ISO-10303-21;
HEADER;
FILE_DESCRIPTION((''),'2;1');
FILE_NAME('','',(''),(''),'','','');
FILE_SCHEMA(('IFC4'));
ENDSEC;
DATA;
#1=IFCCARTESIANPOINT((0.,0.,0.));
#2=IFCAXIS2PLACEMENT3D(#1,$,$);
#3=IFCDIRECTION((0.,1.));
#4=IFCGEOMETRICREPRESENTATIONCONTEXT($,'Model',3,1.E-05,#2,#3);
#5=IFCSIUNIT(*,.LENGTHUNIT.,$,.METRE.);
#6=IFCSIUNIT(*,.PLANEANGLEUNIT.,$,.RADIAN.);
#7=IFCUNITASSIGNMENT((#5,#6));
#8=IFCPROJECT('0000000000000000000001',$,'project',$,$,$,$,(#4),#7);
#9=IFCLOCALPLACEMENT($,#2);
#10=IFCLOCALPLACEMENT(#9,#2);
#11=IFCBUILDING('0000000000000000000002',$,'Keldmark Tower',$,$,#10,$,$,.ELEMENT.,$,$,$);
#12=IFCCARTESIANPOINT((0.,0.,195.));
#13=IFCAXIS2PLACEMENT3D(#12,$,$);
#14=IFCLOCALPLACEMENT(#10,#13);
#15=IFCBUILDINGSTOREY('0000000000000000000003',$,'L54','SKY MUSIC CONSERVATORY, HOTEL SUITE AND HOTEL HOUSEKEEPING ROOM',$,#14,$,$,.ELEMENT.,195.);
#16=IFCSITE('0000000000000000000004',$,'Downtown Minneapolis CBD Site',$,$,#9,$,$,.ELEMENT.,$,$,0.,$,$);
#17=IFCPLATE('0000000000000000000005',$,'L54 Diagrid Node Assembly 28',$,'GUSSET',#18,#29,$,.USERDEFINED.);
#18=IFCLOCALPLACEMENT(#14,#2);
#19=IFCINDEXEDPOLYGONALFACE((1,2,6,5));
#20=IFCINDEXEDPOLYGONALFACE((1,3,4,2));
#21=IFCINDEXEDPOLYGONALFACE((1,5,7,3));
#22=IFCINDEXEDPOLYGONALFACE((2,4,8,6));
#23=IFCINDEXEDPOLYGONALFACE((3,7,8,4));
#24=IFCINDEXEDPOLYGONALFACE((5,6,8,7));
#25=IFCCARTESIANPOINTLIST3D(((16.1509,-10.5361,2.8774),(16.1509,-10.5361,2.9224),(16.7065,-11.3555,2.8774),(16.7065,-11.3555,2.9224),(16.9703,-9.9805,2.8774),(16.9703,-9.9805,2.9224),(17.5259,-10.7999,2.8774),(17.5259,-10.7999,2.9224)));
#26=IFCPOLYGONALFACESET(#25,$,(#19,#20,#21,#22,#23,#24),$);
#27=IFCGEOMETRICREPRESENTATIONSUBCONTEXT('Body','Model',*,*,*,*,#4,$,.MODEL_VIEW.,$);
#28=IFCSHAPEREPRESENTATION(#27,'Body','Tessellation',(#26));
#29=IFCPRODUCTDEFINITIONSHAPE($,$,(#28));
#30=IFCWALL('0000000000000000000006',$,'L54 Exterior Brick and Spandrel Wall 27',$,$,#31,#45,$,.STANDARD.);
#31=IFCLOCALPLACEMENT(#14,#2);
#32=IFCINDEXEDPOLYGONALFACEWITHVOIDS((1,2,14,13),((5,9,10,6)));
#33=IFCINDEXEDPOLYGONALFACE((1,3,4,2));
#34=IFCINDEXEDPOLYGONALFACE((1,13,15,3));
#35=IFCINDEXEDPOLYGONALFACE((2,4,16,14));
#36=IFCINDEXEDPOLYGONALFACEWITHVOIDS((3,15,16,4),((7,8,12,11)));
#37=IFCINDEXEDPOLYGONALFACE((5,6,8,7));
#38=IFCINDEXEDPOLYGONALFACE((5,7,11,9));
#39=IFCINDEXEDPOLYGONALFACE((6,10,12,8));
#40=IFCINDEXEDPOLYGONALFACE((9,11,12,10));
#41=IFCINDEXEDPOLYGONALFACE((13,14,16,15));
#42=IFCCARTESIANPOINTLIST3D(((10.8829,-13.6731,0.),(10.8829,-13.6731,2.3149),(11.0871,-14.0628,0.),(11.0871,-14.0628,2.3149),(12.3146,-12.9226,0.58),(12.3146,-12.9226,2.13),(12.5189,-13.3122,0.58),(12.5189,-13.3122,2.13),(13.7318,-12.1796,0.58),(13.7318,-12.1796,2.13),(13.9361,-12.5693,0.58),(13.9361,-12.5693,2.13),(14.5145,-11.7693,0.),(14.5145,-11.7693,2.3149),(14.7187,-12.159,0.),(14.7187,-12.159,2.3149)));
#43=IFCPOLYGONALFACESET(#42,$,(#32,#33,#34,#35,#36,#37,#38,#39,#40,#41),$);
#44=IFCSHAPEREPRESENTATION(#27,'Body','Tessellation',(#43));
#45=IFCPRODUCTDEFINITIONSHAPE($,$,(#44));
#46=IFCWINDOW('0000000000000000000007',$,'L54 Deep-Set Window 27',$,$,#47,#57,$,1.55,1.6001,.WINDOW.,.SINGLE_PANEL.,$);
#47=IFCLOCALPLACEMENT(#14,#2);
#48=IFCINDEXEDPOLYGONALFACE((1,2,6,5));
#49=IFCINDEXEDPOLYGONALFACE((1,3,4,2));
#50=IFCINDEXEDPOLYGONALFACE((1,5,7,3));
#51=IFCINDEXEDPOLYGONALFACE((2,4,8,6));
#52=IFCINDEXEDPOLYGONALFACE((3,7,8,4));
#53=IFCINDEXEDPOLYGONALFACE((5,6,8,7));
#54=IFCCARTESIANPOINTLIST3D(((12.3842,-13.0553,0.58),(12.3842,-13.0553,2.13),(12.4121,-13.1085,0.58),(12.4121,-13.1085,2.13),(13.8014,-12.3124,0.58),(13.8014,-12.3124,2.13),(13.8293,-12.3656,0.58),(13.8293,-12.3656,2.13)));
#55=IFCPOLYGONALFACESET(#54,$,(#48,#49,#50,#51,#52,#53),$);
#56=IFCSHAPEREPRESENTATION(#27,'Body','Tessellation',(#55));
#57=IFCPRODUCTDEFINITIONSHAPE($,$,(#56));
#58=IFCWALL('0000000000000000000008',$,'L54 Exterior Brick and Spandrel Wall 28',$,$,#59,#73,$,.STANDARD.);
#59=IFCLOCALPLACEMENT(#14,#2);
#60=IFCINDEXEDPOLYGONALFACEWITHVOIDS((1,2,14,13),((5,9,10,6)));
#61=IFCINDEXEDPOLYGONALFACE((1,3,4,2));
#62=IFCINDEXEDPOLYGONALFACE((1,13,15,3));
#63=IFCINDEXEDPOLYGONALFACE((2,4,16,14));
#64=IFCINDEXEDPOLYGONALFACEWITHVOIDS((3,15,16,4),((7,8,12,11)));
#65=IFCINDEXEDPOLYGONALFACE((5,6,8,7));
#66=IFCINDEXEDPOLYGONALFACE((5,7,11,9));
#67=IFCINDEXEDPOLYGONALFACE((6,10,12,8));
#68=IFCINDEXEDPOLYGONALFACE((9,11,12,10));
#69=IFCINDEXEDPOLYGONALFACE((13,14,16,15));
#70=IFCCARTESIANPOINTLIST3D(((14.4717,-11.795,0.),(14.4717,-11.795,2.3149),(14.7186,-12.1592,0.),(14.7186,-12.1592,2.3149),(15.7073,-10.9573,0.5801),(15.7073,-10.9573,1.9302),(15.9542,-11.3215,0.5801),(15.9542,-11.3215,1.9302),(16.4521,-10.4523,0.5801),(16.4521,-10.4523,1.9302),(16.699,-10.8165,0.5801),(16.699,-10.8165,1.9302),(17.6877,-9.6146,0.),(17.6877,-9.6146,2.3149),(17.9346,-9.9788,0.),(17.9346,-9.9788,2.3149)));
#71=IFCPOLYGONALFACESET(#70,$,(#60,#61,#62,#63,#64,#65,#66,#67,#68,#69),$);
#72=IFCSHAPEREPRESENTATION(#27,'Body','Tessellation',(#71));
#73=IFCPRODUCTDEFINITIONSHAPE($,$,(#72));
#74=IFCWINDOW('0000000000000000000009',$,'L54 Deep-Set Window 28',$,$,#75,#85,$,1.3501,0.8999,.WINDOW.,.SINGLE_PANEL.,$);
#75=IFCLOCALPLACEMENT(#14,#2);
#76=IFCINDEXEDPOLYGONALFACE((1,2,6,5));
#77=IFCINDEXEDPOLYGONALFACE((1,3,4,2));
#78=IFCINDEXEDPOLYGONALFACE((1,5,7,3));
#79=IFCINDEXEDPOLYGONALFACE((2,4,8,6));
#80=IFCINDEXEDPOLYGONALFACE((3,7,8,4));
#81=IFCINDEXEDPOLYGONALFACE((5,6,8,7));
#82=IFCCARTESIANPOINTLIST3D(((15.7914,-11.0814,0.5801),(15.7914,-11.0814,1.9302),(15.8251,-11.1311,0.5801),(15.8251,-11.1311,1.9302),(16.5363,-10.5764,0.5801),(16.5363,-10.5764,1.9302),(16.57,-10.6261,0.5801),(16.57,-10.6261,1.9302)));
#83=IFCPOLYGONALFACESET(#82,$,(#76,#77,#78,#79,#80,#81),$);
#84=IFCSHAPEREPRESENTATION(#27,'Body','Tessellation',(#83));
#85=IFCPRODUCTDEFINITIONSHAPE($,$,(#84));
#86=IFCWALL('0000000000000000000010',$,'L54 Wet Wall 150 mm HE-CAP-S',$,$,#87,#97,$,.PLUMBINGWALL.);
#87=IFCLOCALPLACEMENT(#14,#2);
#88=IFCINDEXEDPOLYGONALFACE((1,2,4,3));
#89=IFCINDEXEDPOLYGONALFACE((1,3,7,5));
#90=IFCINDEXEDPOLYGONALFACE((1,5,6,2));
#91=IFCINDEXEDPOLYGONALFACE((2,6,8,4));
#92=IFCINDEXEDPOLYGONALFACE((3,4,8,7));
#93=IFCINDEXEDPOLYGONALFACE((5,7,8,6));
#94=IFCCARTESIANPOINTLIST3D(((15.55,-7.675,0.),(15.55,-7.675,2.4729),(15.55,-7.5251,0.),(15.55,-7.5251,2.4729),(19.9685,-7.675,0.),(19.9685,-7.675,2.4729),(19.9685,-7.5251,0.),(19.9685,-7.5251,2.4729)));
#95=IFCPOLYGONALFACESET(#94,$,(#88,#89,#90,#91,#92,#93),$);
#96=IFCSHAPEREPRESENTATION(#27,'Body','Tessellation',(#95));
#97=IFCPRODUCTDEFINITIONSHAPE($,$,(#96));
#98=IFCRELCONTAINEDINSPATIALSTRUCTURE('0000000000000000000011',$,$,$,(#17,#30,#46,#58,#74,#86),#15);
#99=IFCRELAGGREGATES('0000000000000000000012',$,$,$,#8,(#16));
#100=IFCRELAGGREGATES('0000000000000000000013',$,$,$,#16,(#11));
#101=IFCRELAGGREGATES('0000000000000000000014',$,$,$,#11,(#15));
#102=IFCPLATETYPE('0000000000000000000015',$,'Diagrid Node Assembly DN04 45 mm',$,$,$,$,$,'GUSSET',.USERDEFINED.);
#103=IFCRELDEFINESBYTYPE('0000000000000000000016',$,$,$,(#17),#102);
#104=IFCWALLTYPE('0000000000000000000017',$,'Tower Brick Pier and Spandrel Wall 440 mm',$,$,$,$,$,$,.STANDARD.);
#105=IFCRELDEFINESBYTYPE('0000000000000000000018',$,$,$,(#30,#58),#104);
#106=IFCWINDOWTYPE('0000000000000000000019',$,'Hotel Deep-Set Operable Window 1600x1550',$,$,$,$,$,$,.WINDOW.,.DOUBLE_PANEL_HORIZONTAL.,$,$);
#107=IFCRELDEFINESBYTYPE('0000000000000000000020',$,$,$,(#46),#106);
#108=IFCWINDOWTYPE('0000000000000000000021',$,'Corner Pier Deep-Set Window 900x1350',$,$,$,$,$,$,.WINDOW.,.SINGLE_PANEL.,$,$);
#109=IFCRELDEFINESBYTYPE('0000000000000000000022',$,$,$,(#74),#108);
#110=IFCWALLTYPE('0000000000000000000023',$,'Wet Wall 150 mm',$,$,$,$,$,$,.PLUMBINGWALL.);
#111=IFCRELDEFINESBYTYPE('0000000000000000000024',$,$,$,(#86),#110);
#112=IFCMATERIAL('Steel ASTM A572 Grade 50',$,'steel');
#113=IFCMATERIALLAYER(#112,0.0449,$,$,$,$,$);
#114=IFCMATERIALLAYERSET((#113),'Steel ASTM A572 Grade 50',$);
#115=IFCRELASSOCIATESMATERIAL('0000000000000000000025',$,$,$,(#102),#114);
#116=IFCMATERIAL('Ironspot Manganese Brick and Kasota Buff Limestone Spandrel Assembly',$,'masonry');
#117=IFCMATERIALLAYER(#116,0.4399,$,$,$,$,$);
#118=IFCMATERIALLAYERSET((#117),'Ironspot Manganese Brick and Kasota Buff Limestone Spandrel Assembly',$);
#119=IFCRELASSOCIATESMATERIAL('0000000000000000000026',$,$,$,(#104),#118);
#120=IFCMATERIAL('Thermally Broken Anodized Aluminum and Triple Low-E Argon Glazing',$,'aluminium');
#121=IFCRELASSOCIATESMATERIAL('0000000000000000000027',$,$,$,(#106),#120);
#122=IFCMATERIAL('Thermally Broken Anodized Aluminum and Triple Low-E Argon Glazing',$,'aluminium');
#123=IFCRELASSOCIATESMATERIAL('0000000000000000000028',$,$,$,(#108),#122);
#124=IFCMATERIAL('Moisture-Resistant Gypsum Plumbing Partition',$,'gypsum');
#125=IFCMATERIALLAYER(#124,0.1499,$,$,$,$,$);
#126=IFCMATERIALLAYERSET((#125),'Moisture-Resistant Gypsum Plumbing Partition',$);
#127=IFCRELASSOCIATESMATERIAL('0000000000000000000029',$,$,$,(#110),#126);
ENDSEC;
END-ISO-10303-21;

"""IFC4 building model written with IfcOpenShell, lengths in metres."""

from ifc_helpers import new_model, si_unit, direction, frame, frame_2d, origin, origin_2d, place, context, subcontext, project, spatial, rectangle, extrude, material, layer, layer_set, type_object, element, fill, save


model = new_model("IFC4")

# Units and contexts
model_context = context("Model", 3, precision=1e-05, world=origin(), true_north=direction((0.0, 1.0)))
body_context = subcontext(model_context, "Body", "Model", "MODEL_VIEW")
ifc_project = project(units=[si_unit("LENGTHUNIT", "METRE"), si_unit("PLANEANGLEUNIT", "RADIAN")], contexts=[model_context])

# Site, building, storey
site_placement = place(None, origin())
site = spatial("IfcSite", under=ifc_project, at=site_placement, Name="Downtown Minneapolis CBD Site", CompositionType="ELEMENT", RefElevation=0.0)
building_placement = place(site_placement, origin())
building = spatial("IfcBuilding", under=site, at=building_placement, Name="Keldmark Tower", CompositionType="ELEMENT")
storey_placement = place(building_placement, frame((0.0, 0.0, 195.0)))
storey = spatial("IfcBuildingStorey", under=building, at=storey_placement, Name="L54", Description="SKY MUSIC CONSERVATORY, HOTEL SUITE AND HOTEL HOUSEKEEPING ROOM", CompositionType="ELEMENT", Elevation=195.0)

# Plate
ifc_material_1 = material(Name="Steel ASTM A572 Grade 50", Category="steel")
ifc_layer_1 = layer(ifc_material_1, 0.0449)
ifc_layer_set_1 = layer_set([ifc_layer_1], Name="Steel ASTM A572 Grade 50")
plate_type = type_object("IfcPlateType", Name="Diagrid Node Assembly DN04 45 mm", ElementType="GUSSET", PredefinedType="USERDEFINED", material=ifc_layer_set_1)
plate_placement = place(storey_placement, frame((16.8384, -10.668, 2.8774), z_axis=(0.0, 0.0, 1.0), x_axis=(0.827669, 0.561217, 0.0)))
element("IfcPlate", 1, at=plate_placement, inside=storey, type_object=plate_type, Name="L54 Diagrid Node Assembly 28", ObjectType="GUSSET", PredefinedType="USERDEFINED", context=body_context, shape_type="SweptSolid", body=[
    extrude(rectangle(XDim=0.99, YDim=0.99, at=origin_2d()), origin(), (0.0, 0.0, 1.0), 0.0449),
])

# Walls, openings, windows
ifc_material_2 = material(Name="Ironspot Manganese Brick and Kasota Buff Limestone Spandrel Assembly", Category="masonry")
ifc_layer_2 = layer(ifc_material_2, 0.4399)
ifc_layer_set_2 = layer_set([ifc_layer_2], Name="Ironspot Manganese Brick and Kasota Buff Limestone Spandrel Assembly")
wall_type_1 = type_object("IfcWallType", Name="Tower Brick Pier and Spandrel Wall 440 mm", PredefinedType="STANDARD", material=ifc_layer_set_2)
wall_1_placement = place(storey_placement, frame((14.6167, -11.9641, 0.0), z_axis=(0.0, 0.0, 1.0), x_axis=(-0.885676, -0.464303, 0.0)))
wall_1 = element("IfcWall", 2, at=wall_1_placement, inside=storey, type_object=wall_type_1, Name="L54 Exterior Brick and Spandrel Wall 27", PredefinedType="STANDARD", context=body_context, shape_type="SweptSolid", body=[
    extrude(rectangle(XDim=4.1003, YDim=0.4399, at=frame_2d((2.0503, 0.0))), origin(), (0.0, 0.0, 1.0), 2.3149),
])
opening_1_placement = place(wall_1_placement, frame((0.8838, 0.0, 0.5801)))
opening_1 = element("IfcOpeningElement", 3, at=opening_1_placement, cuts=wall_1, PredefinedType="OPENING", context=body_context, shape_type="SweptSolid", body=[
    extrude(rectangle(XDim=1.6001, YDim=1.55, at=frame_2d((0.8, 0.7749))), frame((0.0, 0.23, 0.0), z_axis=(0.0, -1.0, 0.0), x_axis=(1.0, 0.0, 0.0)), (0.0, 0.0, 1.0), 0.46),
])
ifc_material_3 = material(Name="Thermally Broken Anodized Aluminum and Triple Low-E Argon Glazing", Category="aluminium")
window_type_1 = type_object("IfcWindowType", Name="Hotel Deep-Set Operable Window 1600x1550", PartitioningType="DOUBLE_PANEL_HORIZONTAL", PredefinedType="WINDOW", material=ifc_material_3)
window_1_placement = place(opening_1_placement, origin())
window_1 = element("IfcWindow", 4, at=window_1_placement, inside=storey, type_object=window_type_1, Name="L54 Deep-Set Window 27", OverallHeight=1.55, OverallWidth=1.6001, PartitioningType="SINGLE_PANEL", PredefinedType="WINDOW", context=body_context, shape_type="SweptSolid", body=[
    extrude(rectangle(XDim=1.6001, YDim=1.55, at=frame_2d((0.8, 0.7749))), frame((0.0, -0.01, 0.0), z_axis=(0.0, -1.0, 0.0), x_axis=(1.0, 0.0, 0.0)), (0.0, 0.0, 1.0), 0.0601),
])
fill(opening_1, window_1)
wall_2_placement = place(storey_placement, frame((17.8113, -9.7966, 0.0), z_axis=(0.0, 0.0, 1.0), x_axis=(-0.827704, -0.561165, 0.0)))
wall_2 = element("IfcWall", 5, at=wall_2_placement, inside=storey, type_object=wall_type_1, Name="L54 Exterior Brick and Spandrel Wall 28", PredefinedType="STANDARD", context=body_context, shape_type="SweptSolid", body=[
    extrude(rectangle(XDim=3.8855, YDim=0.4399, at=frame_2d((1.9429, 0.0))), origin(), (0.0, 0.0, 1.0), 2.3149),
])
opening_2_placement = place(wall_2_placement, frame((1.4929, 0.0, 0.5801)))
opening_2 = element("IfcOpeningElement", 6, at=opening_2_placement, cuts=wall_2, PredefinedType="OPENING", context=body_context, shape_type="SweptSolid", body=[
    extrude(rectangle(XDim=0.8999, YDim=1.3501, at=frame_2d((0.45, 0.675))), frame((0.0, 0.23, 0.0), z_axis=(0.0, -1.0, 0.0), x_axis=(1.0, 0.0, 0.0)), (0.0, 0.0, 1.0), 0.46),
])
ifc_material_4 = material(Name="Thermally Broken Anodized Aluminum and Triple Low-E Argon Glazing", Category="aluminium")
window_type_2 = type_object("IfcWindowType", Name="Corner Pier Deep-Set Window 900x1350", PartitioningType="SINGLE_PANEL", PredefinedType="WINDOW", material=ifc_material_4)
window_2_placement = place(opening_2_placement, origin())
window_2 = element("IfcWindow", 7, at=window_2_placement, inside=storey, type_object=window_type_2, Name="L54 Deep-Set Window 28", OverallHeight=1.3501, OverallWidth=0.8999, PartitioningType="SINGLE_PANEL", PredefinedType="WINDOW", context=body_context, shape_type="SweptSolid", body=[
    extrude(rectangle(XDim=0.8999, YDim=1.3501, at=frame_2d((0.45, 0.675))), frame((0.0, -0.01, 0.0), z_axis=(0.0, -1.0, 0.0), x_axis=(1.0, 0.0, 0.0)), (0.0, 0.0, 1.0), 0.0601),
])
fill(opening_2, window_2)

# Wall
ifc_material_5 = material(Name="Moisture-Resistant Gypsum Plumbing Partition", Category="gypsum")
ifc_layer_3 = layer(ifc_material_5, 0.1499)
ifc_layer_set_3 = layer_set([ifc_layer_3], Name="Moisture-Resistant Gypsum Plumbing Partition")
wall_type_2 = type_object("IfcWallType", Name="Wet Wall 150 mm", PredefinedType="PLUMBINGWALL", material=ifc_layer_set_3)
wall_3_placement = place(storey_placement, frame((15.55, -7.6001, 0.0), z_axis=(0.0, 0.0, 1.0), x_axis=(1.0, 0.0, 0.0)))
element("IfcWall", 8, at=wall_3_placement, inside=storey, type_object=wall_type_2, Name="L54 Wet Wall 150 mm HE-CAP-S", PredefinedType="PLUMBINGWALL", context=body_context, shape_type="SweptSolid", body=[
    extrude(rectangle(XDim=4.4185, YDim=0.1499, at=frame_2d((2.2092, 0.0))), origin(), (0.0, 0.0, 1.0), 2.4729),
])

save(model, "model.ifc")
